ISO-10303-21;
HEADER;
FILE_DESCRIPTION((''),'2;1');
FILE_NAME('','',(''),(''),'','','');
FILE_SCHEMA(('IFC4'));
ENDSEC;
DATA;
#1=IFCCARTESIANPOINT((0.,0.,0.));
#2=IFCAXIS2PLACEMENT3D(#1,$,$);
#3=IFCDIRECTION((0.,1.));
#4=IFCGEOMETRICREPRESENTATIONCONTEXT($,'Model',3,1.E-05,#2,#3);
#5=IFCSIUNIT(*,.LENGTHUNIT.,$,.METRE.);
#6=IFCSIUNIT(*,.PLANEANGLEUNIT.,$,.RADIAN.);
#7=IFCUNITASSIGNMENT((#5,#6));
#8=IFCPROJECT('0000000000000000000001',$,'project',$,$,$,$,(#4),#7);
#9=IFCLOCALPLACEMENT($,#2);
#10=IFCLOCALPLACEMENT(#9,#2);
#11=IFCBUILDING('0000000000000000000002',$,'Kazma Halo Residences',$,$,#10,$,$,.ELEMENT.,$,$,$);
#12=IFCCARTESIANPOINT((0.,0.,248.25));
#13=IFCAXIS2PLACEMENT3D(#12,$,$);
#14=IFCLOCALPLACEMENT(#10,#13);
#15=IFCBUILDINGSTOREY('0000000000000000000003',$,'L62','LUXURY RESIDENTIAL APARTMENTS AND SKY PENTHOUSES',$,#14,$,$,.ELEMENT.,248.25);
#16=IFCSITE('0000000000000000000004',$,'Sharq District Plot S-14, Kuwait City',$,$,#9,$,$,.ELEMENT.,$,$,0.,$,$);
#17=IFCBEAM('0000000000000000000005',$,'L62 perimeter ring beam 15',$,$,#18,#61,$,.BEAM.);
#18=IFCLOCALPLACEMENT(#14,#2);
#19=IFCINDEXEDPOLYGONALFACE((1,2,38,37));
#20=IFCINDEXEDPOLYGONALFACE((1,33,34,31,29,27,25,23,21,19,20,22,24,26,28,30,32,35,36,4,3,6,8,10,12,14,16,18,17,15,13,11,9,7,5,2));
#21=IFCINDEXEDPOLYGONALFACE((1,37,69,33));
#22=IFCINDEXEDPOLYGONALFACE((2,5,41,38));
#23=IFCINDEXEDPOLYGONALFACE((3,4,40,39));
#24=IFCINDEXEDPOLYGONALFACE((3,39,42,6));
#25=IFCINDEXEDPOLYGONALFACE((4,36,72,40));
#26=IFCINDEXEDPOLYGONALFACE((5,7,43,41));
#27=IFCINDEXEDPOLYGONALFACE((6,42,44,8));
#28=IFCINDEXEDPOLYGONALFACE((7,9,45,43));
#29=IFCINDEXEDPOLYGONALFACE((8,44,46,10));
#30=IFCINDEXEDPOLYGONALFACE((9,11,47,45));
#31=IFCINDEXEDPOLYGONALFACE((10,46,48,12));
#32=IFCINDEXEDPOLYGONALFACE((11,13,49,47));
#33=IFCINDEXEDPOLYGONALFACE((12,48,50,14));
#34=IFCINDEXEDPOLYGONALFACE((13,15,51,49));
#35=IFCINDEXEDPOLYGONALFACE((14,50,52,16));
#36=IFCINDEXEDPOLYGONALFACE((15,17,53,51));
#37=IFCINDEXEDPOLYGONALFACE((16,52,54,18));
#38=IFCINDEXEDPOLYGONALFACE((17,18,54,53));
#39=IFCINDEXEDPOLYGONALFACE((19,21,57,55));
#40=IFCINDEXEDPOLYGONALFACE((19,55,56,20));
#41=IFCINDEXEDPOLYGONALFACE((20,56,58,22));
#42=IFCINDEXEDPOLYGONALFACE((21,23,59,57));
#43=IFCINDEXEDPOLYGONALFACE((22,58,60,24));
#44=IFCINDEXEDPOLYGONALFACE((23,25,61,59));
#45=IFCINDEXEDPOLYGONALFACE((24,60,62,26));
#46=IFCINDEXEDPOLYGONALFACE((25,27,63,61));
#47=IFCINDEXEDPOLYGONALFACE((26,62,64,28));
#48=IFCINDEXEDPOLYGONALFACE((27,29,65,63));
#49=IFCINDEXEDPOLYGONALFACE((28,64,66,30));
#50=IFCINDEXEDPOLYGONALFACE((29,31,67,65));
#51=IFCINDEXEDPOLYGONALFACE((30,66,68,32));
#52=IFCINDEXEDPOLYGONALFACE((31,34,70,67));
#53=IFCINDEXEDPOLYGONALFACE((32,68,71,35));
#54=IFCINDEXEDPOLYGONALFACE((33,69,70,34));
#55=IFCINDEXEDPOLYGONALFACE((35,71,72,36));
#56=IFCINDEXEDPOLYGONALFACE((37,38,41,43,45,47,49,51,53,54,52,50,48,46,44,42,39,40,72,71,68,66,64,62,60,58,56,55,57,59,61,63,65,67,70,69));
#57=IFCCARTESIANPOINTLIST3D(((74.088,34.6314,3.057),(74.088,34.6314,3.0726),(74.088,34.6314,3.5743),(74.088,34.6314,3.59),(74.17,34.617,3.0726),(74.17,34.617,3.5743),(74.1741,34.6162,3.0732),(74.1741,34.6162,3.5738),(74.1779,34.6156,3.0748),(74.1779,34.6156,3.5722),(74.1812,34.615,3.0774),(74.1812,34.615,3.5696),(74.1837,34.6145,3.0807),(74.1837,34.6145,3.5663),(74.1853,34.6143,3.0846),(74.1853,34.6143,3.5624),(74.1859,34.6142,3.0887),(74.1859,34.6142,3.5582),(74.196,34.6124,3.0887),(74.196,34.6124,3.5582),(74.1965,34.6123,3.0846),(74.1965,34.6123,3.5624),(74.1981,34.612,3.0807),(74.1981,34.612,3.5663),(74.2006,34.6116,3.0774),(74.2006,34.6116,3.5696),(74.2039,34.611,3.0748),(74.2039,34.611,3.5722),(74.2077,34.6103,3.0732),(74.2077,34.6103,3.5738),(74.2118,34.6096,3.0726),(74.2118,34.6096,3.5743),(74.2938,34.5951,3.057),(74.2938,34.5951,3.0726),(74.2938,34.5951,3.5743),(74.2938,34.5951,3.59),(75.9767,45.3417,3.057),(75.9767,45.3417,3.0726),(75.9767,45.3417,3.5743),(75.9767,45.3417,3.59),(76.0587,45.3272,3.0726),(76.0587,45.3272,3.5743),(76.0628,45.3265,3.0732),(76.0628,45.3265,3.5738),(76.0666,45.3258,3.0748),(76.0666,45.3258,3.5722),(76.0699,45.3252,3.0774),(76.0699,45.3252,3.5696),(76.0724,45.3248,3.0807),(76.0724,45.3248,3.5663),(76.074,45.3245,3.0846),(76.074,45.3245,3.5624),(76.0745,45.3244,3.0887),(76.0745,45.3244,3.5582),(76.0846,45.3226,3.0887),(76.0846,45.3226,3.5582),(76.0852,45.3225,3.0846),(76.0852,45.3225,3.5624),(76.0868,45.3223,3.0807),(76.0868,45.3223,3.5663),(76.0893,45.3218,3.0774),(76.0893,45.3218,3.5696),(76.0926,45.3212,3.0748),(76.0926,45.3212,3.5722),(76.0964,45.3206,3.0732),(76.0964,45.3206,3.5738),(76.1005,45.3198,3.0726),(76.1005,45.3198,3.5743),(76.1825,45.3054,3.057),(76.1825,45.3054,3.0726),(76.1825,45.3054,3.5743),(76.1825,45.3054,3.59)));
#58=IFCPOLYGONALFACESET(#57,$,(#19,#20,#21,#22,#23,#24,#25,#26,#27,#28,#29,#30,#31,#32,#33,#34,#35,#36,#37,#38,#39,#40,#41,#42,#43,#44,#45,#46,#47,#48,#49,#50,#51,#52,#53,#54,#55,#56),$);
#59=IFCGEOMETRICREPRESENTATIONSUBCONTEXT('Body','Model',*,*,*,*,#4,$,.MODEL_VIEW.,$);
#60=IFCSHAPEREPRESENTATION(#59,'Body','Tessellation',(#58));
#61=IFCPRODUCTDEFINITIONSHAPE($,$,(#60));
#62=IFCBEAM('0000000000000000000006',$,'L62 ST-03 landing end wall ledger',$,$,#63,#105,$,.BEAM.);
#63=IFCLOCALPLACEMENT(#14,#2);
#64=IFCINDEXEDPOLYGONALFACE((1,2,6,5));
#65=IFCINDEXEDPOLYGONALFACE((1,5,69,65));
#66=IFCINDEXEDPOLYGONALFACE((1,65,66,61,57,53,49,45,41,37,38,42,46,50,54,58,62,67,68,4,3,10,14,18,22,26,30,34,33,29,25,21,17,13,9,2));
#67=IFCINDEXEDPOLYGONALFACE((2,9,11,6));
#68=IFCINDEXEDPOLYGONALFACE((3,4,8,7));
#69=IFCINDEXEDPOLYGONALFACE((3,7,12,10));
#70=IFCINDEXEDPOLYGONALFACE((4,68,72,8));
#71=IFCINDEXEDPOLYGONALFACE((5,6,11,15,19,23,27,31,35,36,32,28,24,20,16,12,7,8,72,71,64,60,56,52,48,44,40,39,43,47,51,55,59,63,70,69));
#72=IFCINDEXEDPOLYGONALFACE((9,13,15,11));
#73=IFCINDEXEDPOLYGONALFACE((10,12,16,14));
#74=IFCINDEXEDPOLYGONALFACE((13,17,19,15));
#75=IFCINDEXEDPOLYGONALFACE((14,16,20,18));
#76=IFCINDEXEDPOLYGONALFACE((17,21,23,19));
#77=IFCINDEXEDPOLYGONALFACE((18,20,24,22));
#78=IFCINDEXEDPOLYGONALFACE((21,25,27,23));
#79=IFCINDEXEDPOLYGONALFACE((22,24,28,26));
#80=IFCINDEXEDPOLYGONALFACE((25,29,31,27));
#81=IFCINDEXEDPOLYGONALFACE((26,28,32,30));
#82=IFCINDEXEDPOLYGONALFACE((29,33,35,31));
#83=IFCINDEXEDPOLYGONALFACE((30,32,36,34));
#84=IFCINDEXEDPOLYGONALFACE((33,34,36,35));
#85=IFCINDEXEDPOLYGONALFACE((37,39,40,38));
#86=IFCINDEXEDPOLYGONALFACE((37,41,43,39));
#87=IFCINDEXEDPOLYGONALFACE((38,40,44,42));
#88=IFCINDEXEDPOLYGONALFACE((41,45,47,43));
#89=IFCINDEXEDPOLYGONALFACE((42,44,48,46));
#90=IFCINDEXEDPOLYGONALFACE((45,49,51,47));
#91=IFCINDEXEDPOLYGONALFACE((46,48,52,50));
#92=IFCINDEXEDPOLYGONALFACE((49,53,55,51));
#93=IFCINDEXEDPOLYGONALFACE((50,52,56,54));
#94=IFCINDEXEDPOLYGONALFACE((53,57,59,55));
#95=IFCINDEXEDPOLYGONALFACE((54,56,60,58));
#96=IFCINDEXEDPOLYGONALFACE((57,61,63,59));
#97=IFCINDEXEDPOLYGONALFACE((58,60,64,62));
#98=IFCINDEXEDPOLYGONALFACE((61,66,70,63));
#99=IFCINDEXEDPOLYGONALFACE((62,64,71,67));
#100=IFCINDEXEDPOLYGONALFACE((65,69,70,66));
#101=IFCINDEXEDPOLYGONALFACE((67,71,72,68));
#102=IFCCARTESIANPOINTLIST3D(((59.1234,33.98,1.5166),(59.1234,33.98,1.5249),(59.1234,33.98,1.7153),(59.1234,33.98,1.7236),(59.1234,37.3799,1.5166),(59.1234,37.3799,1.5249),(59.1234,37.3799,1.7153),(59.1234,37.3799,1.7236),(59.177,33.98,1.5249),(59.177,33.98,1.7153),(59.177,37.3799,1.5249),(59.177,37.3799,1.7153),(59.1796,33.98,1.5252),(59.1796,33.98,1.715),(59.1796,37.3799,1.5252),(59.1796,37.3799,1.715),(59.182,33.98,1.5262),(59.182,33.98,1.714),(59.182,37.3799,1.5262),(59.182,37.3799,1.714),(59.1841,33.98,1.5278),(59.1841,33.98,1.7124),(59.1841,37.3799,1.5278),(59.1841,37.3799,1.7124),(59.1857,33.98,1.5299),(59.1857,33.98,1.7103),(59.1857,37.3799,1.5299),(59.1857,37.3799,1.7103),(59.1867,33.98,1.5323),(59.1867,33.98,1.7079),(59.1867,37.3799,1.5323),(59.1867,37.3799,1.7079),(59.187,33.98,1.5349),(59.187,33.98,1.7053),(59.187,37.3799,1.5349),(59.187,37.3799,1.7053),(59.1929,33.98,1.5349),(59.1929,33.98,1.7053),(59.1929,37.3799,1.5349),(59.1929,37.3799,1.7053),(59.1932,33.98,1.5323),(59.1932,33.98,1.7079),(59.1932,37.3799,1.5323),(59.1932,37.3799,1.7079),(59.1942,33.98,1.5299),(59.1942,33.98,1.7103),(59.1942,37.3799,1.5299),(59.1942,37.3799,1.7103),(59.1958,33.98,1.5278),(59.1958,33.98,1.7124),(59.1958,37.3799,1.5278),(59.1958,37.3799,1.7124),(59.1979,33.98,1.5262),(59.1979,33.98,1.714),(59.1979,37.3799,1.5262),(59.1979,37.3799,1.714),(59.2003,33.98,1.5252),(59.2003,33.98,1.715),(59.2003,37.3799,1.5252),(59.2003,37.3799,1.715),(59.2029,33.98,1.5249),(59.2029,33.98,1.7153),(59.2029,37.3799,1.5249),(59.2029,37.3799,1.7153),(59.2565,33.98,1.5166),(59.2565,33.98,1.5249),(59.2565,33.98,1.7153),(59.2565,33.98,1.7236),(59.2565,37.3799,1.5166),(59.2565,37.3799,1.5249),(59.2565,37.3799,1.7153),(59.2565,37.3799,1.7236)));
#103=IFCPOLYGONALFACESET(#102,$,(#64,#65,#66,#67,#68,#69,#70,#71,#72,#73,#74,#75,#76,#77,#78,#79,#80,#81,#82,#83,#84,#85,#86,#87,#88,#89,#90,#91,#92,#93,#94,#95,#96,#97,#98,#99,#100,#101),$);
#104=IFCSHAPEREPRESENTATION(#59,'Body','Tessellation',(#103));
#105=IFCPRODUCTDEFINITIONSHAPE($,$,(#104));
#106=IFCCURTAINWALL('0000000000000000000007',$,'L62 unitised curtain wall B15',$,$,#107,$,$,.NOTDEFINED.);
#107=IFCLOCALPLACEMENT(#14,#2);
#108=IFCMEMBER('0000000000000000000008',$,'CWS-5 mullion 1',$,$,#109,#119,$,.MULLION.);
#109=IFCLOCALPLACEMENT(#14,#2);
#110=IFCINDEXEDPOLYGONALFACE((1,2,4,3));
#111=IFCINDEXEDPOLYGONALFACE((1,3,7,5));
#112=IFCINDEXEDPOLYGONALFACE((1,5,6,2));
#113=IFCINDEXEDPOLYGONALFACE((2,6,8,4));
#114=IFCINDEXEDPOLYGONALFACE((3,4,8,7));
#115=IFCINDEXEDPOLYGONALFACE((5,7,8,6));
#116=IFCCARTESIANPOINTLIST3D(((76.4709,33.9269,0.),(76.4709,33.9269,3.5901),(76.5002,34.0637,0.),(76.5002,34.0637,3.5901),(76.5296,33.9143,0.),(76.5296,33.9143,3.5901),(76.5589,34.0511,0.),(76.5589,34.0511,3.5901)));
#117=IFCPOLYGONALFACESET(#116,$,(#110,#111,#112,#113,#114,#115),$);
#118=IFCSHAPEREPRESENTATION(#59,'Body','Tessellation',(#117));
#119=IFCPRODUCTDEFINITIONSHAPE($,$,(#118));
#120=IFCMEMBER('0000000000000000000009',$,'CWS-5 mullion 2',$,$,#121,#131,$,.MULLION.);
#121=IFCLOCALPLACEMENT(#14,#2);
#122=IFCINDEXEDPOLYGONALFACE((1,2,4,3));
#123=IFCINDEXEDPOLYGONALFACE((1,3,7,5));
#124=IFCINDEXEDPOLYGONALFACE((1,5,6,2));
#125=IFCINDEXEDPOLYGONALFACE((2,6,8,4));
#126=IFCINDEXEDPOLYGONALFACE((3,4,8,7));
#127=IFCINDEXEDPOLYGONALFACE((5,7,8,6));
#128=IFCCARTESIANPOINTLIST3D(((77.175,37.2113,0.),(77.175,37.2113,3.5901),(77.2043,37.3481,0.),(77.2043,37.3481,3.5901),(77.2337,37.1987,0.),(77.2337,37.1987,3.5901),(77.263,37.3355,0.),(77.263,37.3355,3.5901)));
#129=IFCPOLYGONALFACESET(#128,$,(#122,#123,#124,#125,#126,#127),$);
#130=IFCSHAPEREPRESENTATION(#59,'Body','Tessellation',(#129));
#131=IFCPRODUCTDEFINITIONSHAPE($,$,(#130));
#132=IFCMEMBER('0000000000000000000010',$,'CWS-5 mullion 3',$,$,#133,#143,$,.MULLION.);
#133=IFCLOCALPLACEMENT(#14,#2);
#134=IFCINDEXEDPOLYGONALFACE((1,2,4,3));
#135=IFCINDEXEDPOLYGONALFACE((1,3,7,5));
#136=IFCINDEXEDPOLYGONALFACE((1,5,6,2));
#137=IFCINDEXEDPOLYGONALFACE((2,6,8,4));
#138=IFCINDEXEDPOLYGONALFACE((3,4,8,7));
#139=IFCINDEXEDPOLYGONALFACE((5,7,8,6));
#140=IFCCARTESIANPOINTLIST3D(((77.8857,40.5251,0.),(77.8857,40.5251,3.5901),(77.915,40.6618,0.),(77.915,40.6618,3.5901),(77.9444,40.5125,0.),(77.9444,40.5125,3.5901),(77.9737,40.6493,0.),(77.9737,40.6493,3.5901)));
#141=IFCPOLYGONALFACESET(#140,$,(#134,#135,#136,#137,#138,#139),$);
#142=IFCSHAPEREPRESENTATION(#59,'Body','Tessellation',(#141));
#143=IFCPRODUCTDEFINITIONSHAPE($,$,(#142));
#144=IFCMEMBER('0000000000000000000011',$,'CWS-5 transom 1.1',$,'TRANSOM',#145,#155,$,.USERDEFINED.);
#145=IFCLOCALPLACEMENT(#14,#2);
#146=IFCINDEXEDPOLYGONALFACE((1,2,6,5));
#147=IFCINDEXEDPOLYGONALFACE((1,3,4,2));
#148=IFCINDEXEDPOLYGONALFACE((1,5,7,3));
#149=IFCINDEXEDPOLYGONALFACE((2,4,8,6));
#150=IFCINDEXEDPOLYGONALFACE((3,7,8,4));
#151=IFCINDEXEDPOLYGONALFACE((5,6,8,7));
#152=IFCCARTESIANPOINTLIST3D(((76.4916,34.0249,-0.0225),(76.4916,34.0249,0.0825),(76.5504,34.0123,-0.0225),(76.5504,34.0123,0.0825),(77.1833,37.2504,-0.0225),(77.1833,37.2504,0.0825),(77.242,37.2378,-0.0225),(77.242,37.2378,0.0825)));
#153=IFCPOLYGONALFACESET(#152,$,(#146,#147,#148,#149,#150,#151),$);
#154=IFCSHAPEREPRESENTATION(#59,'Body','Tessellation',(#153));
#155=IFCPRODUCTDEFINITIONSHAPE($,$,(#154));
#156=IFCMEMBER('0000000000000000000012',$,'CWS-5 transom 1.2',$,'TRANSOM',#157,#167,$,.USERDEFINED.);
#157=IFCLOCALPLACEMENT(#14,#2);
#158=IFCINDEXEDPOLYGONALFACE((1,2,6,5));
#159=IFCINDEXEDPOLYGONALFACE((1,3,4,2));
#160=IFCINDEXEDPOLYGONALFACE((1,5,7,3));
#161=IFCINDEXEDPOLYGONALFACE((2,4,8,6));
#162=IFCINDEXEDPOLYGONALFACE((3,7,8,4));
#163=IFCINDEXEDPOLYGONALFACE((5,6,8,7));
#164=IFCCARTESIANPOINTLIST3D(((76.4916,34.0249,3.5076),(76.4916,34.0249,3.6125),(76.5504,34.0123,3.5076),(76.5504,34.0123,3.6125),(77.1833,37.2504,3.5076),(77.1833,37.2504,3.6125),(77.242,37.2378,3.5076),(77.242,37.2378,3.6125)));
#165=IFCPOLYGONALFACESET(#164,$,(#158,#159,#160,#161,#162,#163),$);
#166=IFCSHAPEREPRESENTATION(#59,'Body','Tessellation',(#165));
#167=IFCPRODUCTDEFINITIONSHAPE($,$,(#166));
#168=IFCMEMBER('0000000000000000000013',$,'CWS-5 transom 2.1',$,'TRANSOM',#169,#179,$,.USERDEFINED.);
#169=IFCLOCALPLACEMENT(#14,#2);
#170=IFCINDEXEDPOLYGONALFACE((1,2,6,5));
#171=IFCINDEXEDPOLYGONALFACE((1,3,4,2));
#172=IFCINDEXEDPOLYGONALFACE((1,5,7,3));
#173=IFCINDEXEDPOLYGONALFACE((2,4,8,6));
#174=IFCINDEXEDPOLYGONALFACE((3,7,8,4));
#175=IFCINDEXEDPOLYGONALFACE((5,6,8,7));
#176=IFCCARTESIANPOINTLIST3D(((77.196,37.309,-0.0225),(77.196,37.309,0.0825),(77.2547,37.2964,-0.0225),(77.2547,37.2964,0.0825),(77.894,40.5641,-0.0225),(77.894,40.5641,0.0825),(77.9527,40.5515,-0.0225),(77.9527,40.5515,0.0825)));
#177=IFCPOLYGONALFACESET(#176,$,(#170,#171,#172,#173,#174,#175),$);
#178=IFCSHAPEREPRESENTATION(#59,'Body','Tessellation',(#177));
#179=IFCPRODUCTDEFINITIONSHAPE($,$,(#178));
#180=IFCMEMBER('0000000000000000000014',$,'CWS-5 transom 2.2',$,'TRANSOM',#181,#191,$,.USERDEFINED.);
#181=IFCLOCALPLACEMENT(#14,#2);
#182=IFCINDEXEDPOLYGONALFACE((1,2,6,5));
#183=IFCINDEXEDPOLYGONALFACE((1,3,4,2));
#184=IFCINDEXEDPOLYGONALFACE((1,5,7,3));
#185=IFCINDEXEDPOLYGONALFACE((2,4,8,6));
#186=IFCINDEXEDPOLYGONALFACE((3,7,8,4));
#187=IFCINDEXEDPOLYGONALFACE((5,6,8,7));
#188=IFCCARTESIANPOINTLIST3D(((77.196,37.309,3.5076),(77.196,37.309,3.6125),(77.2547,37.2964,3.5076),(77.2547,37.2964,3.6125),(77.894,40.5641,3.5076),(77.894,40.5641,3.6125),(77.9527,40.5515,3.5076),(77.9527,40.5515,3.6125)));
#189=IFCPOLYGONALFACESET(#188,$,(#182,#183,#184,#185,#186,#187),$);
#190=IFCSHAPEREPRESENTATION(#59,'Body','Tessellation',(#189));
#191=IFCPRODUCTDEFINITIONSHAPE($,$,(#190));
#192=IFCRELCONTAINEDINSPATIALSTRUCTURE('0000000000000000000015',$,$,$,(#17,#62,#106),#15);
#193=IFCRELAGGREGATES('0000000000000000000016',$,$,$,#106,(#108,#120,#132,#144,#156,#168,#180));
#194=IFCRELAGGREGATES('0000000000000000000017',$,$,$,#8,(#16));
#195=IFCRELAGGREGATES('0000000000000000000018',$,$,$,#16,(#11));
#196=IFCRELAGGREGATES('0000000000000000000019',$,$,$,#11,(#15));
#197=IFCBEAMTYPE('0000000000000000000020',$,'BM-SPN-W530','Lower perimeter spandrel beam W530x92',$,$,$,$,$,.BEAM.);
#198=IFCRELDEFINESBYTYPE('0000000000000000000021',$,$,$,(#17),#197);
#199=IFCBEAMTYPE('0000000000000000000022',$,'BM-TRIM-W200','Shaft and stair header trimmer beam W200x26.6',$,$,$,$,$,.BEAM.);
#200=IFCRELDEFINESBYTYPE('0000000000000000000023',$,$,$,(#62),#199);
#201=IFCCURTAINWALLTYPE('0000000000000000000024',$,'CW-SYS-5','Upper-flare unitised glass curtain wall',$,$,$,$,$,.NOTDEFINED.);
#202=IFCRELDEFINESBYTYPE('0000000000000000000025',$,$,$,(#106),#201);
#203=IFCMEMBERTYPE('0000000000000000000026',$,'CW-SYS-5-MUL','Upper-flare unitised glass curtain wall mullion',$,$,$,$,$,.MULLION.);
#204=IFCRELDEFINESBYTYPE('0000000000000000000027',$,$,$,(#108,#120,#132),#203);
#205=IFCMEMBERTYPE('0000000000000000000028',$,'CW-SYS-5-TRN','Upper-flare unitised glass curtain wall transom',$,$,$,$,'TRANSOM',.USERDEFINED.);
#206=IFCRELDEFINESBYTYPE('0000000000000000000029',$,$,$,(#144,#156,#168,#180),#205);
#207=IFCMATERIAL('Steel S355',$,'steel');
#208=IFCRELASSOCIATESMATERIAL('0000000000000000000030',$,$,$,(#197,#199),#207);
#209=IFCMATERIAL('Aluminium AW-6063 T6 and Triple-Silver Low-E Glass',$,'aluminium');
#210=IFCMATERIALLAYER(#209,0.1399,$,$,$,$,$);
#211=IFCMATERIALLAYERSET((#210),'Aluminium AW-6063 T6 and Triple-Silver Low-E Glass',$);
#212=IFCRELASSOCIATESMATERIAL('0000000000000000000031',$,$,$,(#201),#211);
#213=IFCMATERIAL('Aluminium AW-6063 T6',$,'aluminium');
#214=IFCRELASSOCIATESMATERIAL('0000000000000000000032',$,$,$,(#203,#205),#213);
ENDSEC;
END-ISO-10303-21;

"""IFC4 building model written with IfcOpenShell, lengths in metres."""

from ifc_helpers import new_model, si_unit, direction, frame, origin, origin_2d, place, context, subcontext, project, spatial, rectangle, i_section, extrude, material, layer, layer_set, material_profile, profile_set, type_object, element, aggregate, save


model = new_model("IFC4")

# Units and contexts
model_context = context("Model", 3, precision=1e-05, world=origin(), true_north=direction((0.0, 1.0)))
body_context = subcontext(model_context, "Body", "Model", "MODEL_VIEW")
ifc_project = project(units=[si_unit("LENGTHUNIT", "METRE"), si_unit("PLANEANGLEUNIT", "RADIAN")], contexts=[model_context])

# Site, building, storey
site_placement = place(None, origin())
site = spatial("IfcSite", under=ifc_project, at=site_placement, Name="Sharq District Plot S-14, Kuwait City", CompositionType="ELEMENT", RefElevation=0.0)
building_placement = place(site_placement, origin())
building = spatial("IfcBuilding", under=site, at=building_placement, Name="Kazma Halo Residences", CompositionType="ELEMENT")
storey_placement = place(building_placement, frame((0.0, 0.0, 248.25)))
storey = spatial("IfcBuildingStorey", under=building, at=storey_placement, Name="L62", Description="LUXURY RESIDENTIAL APARTMENTS AND SKY PENTHOUSES", CompositionType="ELEMENT", Elevation=248.25)

# Beams
ifc_material_1 = material(Name="Steel S355", Category="steel")
ifc_material_profile_1 = material_profile(ifc_material_1, i_section(OverallWidth=0.209, OverallDepth=0.533, WebThickness=0.0103, FlangeThickness=0.0156, FilletRadius=0.0161, at=origin_2d()), Name="W530x92")
ifc_profile_set_1 = profile_set([ifc_material_profile_1], Name="Steel S355")
beam_type_1 = type_object("IfcBeamType", Name="BM-SPN-W530", Description="Lower perimeter spandrel beam W530x92", PredefinedType="BEAM", material=ifc_profile_set_1)
beam_1_placement = place(storey_placement, frame((74.1909, 34.6133, 3.3235), z_axis=(0.173664, 0.984805, 0.0), x_axis=(-0.984805, 0.173664, 0.0)))
element("IfcBeam", 1, at=beam_1_placement, inside=storey, type_object=beam_type_1, Name="L62 perimeter ring beam 15", PredefinedType="BEAM", context=body_context, shape_type="SweptSolid", body=[
    extrude(i_section(OverallWidth=0.209, OverallDepth=0.533, WebThickness=0.0103, FlangeThickness=0.0156, FilletRadius=0.0161, at=origin_2d()), origin(), (0.0, 0.0, 1.0), 10.8755),
])
ifc_material_profile_2 = material_profile(ifc_material_1, i_section(OverallWidth=0.1331, OverallDepth=0.207, WebThickness=0.0059, FlangeThickness=0.0083, FilletRadius=0.01, at=origin_2d()), Name="W200x26.6")
ifc_profile_set_2 = profile_set([ifc_material_profile_2], Name="Steel S355")
beam_type_2 = type_object("IfcBeamType", Name="BM-TRIM-W200", Description="Shaft and stair header trimmer beam W200x26.6", PredefinedType="BEAM", material=ifc_profile_set_2)
beam_2_placement = place(storey_placement, frame((59.1899, 33.98, 1.6201), z_axis=(0.0, 1.0, 0.0), x_axis=(-1.0, 0.0, 0.0)))
element("IfcBeam", 2, at=beam_2_placement, inside=storey, type_object=beam_type_2, Name="L62 ST-03 landing end wall ledger", PredefinedType="BEAM", context=body_context, shape_type="SweptSolid", body=[
    extrude(i_section(OverallWidth=0.1331, OverallDepth=0.207, WebThickness=0.0059, FlangeThickness=0.0083, FilletRadius=0.01, at=origin_2d()), origin(), (0.0, 0.0, 1.0), 3.3999),
])

# Curtain wall, members
ifc_material_2 = material(Name="Aluminium AW-6063 T6 and Triple-Silver Low-E Glass", Category="aluminium")
ifc_layer_1 = layer(ifc_material_2, 0.1399)
ifc_layer_set_1 = layer_set([ifc_layer_1], Name="Aluminium AW-6063 T6 and Triple-Silver Low-E Glass")
curtain_wall_type = type_object("IfcCurtainWallType", Name="CW-SYS-5", Description="Upper-flare unitised glass curtain wall", PredefinedType="NOTDEFINED", material=ifc_layer_set_1)
curtain_wall_placement = place(storey_placement, origin())
curtain_wall = element("IfcCurtainWall", 3, at=curtain_wall_placement, inside=storey, type_object=curtain_wall_type, Name="L62 unitised curtain wall B15", PredefinedType="NOTDEFINED")
ifc_material_3 = material(Name="Aluminium AW-6063 T6", Category="aluminium")
ifc_material_profile_3 = material_profile(ifc_material_3, rectangle(XDim=0.0601, YDim=0.1399, at=origin_2d()), Name="CWM-60x140")
ifc_profile_set_3 = profile_set([ifc_material_profile_3], Name="Aluminium AW-6063 T6")
member_type_1 = type_object("IfcMemberType", Name="CW-SYS-5-MUL", Description="Upper-flare unitised glass curtain wall mullion", PredefinedType="MULLION", material=ifc_profile_set_3)
member_1_placement = place(storey_placement, frame((76.5149, 33.989, 0.0), z_axis=(0.0, 0.0, 1.0), x_axis=(-0.977775, 0.209657, 0.0)))
member_1 = element("IfcMember", 4, at=member_1_placement, type_object=member_type_1, Name="CWS-5 mullion 1", PredefinedType="MULLION", context=body_context, shape_type="SweptSolid", body=[
    extrude(rectangle(XDim=0.0601, YDim=0.1399, at=origin_2d()), origin(), (0.0, 0.0, 1.0), 3.5901),
])
member_2_placement = place(storey_placement, frame((77.219, 37.2734, 0.0), z_axis=(0.0, 0.0, 1.0), x_axis=(-0.977775, 0.209657, 0.0)))
member_2 = element("IfcMember", 5, at=member_2_placement, type_object=member_type_1, Name="CWS-5 mullion 2", PredefinedType="MULLION", context=body_context, shape_type="SweptSolid", body=[
    extrude(rectangle(XDim=0.0601, YDim=0.1399, at=origin_2d()), origin(), (0.0, 0.0, 1.0), 3.5901),
])
member_3_placement = place(storey_placement, frame((77.9297, 40.5872, 0.0), z_axis=(0.0, 0.0, 1.0), x_axis=(-0.977775, 0.209657, 0.0)))
member_3 = element("IfcMember", 6, at=member_3_placement, type_object=member_type_1, Name="CWS-5 mullion 3", PredefinedType="MULLION", context=body_context, shape_type="SweptSolid", body=[
    extrude(rectangle(XDim=0.0601, YDim=0.1399, at=origin_2d()), origin(), (0.0, 0.0, 1.0), 3.5901),
])
ifc_material_profile_4 = material_profile(ifc_material_3, rectangle(XDim=0.0601, YDim=0.105, at=origin_2d()), Name="CWT-60x105")
ifc_profile_set_4 = profile_set([ifc_material_profile_4], Name="Aluminium AW-6063 T6")
member_type_2 = type_object("IfcMemberType", Name="CW-SYS-5-TRN", Description="Upper-flare unitised glass curtain wall transom", ElementType="TRANSOM", PredefinedType="USERDEFINED", material=ifc_profile_set_4)
member_4_placement = place(storey_placement, frame((76.521, 34.0186, 0.03), z_axis=(0.20966, 0.977774, 0.0), x_axis=(-0.977774, 0.20966, 0.0)))
member_4 = element("IfcMember", 7, at=member_4_placement, type_object=member_type_2, Name="CWS-5 transom 1.1", ObjectType="TRANSOM", PredefinedType="USERDEFINED", context=body_context, shape_type="SweptSolid", body=[
    extrude(rectangle(XDim=0.0601, YDim=0.105, at=origin_2d()), origin(), (0.0, 0.0, 1.0), 3.2988),
])
member_5_placement = place(storey_placement, frame((76.521, 34.0186, 3.5601), z_axis=(0.20966, 0.977774, 0.0), x_axis=(-0.977774, 0.20966, 0.0)))
member_5 = element("IfcMember", 8, at=member_5_placement, type_object=member_type_2, Name="CWS-5 transom 1.2", ObjectType="TRANSOM", PredefinedType="USERDEFINED", context=body_context, shape_type="SweptSolid", body=[
    extrude(rectangle(XDim=0.0601, YDim=0.105, at=origin_2d()), origin(), (0.0, 0.0, 1.0), 3.2988),
])
member_6_placement = place(storey_placement, frame((77.2253, 37.3027, 0.03), z_axis=(0.209664, 0.977773, 0.0), x_axis=(-0.977773, 0.209664, 0.0)))
member_6 = element("IfcMember", 9, at=member_6_placement, type_object=member_type_2, Name="CWS-5 transom 2.1", ObjectType="TRANSOM", PredefinedType="USERDEFINED", context=body_context, shape_type="SweptSolid", body=[
    extrude(rectangle(XDim=0.0601, YDim=0.105, at=origin_2d()), origin(), (0.0, 0.0, 1.0), 3.3291),
])
member_7_placement = place(storey_placement, frame((77.2253, 37.3027, 3.5601), z_axis=(0.209664, 0.977773, 0.0), x_axis=(-0.977773, 0.209664, 0.0)))
member_7 = element("IfcMember", 10, at=member_7_placement, type_object=member_type_2, Name="CWS-5 transom 2.2", ObjectType="TRANSOM", PredefinedType="USERDEFINED", context=body_context, shape_type="SweptSolid", body=[
    extrude(rectangle(XDim=0.0601, YDim=0.105, at=origin_2d()), origin(), (0.0, 0.0, 1.0), 3.3291),
])
aggregate(curtain_wall, [member_1, member_2, member_3, member_4, member_5, member_6, member_7])

save(model, "model.ifc")
